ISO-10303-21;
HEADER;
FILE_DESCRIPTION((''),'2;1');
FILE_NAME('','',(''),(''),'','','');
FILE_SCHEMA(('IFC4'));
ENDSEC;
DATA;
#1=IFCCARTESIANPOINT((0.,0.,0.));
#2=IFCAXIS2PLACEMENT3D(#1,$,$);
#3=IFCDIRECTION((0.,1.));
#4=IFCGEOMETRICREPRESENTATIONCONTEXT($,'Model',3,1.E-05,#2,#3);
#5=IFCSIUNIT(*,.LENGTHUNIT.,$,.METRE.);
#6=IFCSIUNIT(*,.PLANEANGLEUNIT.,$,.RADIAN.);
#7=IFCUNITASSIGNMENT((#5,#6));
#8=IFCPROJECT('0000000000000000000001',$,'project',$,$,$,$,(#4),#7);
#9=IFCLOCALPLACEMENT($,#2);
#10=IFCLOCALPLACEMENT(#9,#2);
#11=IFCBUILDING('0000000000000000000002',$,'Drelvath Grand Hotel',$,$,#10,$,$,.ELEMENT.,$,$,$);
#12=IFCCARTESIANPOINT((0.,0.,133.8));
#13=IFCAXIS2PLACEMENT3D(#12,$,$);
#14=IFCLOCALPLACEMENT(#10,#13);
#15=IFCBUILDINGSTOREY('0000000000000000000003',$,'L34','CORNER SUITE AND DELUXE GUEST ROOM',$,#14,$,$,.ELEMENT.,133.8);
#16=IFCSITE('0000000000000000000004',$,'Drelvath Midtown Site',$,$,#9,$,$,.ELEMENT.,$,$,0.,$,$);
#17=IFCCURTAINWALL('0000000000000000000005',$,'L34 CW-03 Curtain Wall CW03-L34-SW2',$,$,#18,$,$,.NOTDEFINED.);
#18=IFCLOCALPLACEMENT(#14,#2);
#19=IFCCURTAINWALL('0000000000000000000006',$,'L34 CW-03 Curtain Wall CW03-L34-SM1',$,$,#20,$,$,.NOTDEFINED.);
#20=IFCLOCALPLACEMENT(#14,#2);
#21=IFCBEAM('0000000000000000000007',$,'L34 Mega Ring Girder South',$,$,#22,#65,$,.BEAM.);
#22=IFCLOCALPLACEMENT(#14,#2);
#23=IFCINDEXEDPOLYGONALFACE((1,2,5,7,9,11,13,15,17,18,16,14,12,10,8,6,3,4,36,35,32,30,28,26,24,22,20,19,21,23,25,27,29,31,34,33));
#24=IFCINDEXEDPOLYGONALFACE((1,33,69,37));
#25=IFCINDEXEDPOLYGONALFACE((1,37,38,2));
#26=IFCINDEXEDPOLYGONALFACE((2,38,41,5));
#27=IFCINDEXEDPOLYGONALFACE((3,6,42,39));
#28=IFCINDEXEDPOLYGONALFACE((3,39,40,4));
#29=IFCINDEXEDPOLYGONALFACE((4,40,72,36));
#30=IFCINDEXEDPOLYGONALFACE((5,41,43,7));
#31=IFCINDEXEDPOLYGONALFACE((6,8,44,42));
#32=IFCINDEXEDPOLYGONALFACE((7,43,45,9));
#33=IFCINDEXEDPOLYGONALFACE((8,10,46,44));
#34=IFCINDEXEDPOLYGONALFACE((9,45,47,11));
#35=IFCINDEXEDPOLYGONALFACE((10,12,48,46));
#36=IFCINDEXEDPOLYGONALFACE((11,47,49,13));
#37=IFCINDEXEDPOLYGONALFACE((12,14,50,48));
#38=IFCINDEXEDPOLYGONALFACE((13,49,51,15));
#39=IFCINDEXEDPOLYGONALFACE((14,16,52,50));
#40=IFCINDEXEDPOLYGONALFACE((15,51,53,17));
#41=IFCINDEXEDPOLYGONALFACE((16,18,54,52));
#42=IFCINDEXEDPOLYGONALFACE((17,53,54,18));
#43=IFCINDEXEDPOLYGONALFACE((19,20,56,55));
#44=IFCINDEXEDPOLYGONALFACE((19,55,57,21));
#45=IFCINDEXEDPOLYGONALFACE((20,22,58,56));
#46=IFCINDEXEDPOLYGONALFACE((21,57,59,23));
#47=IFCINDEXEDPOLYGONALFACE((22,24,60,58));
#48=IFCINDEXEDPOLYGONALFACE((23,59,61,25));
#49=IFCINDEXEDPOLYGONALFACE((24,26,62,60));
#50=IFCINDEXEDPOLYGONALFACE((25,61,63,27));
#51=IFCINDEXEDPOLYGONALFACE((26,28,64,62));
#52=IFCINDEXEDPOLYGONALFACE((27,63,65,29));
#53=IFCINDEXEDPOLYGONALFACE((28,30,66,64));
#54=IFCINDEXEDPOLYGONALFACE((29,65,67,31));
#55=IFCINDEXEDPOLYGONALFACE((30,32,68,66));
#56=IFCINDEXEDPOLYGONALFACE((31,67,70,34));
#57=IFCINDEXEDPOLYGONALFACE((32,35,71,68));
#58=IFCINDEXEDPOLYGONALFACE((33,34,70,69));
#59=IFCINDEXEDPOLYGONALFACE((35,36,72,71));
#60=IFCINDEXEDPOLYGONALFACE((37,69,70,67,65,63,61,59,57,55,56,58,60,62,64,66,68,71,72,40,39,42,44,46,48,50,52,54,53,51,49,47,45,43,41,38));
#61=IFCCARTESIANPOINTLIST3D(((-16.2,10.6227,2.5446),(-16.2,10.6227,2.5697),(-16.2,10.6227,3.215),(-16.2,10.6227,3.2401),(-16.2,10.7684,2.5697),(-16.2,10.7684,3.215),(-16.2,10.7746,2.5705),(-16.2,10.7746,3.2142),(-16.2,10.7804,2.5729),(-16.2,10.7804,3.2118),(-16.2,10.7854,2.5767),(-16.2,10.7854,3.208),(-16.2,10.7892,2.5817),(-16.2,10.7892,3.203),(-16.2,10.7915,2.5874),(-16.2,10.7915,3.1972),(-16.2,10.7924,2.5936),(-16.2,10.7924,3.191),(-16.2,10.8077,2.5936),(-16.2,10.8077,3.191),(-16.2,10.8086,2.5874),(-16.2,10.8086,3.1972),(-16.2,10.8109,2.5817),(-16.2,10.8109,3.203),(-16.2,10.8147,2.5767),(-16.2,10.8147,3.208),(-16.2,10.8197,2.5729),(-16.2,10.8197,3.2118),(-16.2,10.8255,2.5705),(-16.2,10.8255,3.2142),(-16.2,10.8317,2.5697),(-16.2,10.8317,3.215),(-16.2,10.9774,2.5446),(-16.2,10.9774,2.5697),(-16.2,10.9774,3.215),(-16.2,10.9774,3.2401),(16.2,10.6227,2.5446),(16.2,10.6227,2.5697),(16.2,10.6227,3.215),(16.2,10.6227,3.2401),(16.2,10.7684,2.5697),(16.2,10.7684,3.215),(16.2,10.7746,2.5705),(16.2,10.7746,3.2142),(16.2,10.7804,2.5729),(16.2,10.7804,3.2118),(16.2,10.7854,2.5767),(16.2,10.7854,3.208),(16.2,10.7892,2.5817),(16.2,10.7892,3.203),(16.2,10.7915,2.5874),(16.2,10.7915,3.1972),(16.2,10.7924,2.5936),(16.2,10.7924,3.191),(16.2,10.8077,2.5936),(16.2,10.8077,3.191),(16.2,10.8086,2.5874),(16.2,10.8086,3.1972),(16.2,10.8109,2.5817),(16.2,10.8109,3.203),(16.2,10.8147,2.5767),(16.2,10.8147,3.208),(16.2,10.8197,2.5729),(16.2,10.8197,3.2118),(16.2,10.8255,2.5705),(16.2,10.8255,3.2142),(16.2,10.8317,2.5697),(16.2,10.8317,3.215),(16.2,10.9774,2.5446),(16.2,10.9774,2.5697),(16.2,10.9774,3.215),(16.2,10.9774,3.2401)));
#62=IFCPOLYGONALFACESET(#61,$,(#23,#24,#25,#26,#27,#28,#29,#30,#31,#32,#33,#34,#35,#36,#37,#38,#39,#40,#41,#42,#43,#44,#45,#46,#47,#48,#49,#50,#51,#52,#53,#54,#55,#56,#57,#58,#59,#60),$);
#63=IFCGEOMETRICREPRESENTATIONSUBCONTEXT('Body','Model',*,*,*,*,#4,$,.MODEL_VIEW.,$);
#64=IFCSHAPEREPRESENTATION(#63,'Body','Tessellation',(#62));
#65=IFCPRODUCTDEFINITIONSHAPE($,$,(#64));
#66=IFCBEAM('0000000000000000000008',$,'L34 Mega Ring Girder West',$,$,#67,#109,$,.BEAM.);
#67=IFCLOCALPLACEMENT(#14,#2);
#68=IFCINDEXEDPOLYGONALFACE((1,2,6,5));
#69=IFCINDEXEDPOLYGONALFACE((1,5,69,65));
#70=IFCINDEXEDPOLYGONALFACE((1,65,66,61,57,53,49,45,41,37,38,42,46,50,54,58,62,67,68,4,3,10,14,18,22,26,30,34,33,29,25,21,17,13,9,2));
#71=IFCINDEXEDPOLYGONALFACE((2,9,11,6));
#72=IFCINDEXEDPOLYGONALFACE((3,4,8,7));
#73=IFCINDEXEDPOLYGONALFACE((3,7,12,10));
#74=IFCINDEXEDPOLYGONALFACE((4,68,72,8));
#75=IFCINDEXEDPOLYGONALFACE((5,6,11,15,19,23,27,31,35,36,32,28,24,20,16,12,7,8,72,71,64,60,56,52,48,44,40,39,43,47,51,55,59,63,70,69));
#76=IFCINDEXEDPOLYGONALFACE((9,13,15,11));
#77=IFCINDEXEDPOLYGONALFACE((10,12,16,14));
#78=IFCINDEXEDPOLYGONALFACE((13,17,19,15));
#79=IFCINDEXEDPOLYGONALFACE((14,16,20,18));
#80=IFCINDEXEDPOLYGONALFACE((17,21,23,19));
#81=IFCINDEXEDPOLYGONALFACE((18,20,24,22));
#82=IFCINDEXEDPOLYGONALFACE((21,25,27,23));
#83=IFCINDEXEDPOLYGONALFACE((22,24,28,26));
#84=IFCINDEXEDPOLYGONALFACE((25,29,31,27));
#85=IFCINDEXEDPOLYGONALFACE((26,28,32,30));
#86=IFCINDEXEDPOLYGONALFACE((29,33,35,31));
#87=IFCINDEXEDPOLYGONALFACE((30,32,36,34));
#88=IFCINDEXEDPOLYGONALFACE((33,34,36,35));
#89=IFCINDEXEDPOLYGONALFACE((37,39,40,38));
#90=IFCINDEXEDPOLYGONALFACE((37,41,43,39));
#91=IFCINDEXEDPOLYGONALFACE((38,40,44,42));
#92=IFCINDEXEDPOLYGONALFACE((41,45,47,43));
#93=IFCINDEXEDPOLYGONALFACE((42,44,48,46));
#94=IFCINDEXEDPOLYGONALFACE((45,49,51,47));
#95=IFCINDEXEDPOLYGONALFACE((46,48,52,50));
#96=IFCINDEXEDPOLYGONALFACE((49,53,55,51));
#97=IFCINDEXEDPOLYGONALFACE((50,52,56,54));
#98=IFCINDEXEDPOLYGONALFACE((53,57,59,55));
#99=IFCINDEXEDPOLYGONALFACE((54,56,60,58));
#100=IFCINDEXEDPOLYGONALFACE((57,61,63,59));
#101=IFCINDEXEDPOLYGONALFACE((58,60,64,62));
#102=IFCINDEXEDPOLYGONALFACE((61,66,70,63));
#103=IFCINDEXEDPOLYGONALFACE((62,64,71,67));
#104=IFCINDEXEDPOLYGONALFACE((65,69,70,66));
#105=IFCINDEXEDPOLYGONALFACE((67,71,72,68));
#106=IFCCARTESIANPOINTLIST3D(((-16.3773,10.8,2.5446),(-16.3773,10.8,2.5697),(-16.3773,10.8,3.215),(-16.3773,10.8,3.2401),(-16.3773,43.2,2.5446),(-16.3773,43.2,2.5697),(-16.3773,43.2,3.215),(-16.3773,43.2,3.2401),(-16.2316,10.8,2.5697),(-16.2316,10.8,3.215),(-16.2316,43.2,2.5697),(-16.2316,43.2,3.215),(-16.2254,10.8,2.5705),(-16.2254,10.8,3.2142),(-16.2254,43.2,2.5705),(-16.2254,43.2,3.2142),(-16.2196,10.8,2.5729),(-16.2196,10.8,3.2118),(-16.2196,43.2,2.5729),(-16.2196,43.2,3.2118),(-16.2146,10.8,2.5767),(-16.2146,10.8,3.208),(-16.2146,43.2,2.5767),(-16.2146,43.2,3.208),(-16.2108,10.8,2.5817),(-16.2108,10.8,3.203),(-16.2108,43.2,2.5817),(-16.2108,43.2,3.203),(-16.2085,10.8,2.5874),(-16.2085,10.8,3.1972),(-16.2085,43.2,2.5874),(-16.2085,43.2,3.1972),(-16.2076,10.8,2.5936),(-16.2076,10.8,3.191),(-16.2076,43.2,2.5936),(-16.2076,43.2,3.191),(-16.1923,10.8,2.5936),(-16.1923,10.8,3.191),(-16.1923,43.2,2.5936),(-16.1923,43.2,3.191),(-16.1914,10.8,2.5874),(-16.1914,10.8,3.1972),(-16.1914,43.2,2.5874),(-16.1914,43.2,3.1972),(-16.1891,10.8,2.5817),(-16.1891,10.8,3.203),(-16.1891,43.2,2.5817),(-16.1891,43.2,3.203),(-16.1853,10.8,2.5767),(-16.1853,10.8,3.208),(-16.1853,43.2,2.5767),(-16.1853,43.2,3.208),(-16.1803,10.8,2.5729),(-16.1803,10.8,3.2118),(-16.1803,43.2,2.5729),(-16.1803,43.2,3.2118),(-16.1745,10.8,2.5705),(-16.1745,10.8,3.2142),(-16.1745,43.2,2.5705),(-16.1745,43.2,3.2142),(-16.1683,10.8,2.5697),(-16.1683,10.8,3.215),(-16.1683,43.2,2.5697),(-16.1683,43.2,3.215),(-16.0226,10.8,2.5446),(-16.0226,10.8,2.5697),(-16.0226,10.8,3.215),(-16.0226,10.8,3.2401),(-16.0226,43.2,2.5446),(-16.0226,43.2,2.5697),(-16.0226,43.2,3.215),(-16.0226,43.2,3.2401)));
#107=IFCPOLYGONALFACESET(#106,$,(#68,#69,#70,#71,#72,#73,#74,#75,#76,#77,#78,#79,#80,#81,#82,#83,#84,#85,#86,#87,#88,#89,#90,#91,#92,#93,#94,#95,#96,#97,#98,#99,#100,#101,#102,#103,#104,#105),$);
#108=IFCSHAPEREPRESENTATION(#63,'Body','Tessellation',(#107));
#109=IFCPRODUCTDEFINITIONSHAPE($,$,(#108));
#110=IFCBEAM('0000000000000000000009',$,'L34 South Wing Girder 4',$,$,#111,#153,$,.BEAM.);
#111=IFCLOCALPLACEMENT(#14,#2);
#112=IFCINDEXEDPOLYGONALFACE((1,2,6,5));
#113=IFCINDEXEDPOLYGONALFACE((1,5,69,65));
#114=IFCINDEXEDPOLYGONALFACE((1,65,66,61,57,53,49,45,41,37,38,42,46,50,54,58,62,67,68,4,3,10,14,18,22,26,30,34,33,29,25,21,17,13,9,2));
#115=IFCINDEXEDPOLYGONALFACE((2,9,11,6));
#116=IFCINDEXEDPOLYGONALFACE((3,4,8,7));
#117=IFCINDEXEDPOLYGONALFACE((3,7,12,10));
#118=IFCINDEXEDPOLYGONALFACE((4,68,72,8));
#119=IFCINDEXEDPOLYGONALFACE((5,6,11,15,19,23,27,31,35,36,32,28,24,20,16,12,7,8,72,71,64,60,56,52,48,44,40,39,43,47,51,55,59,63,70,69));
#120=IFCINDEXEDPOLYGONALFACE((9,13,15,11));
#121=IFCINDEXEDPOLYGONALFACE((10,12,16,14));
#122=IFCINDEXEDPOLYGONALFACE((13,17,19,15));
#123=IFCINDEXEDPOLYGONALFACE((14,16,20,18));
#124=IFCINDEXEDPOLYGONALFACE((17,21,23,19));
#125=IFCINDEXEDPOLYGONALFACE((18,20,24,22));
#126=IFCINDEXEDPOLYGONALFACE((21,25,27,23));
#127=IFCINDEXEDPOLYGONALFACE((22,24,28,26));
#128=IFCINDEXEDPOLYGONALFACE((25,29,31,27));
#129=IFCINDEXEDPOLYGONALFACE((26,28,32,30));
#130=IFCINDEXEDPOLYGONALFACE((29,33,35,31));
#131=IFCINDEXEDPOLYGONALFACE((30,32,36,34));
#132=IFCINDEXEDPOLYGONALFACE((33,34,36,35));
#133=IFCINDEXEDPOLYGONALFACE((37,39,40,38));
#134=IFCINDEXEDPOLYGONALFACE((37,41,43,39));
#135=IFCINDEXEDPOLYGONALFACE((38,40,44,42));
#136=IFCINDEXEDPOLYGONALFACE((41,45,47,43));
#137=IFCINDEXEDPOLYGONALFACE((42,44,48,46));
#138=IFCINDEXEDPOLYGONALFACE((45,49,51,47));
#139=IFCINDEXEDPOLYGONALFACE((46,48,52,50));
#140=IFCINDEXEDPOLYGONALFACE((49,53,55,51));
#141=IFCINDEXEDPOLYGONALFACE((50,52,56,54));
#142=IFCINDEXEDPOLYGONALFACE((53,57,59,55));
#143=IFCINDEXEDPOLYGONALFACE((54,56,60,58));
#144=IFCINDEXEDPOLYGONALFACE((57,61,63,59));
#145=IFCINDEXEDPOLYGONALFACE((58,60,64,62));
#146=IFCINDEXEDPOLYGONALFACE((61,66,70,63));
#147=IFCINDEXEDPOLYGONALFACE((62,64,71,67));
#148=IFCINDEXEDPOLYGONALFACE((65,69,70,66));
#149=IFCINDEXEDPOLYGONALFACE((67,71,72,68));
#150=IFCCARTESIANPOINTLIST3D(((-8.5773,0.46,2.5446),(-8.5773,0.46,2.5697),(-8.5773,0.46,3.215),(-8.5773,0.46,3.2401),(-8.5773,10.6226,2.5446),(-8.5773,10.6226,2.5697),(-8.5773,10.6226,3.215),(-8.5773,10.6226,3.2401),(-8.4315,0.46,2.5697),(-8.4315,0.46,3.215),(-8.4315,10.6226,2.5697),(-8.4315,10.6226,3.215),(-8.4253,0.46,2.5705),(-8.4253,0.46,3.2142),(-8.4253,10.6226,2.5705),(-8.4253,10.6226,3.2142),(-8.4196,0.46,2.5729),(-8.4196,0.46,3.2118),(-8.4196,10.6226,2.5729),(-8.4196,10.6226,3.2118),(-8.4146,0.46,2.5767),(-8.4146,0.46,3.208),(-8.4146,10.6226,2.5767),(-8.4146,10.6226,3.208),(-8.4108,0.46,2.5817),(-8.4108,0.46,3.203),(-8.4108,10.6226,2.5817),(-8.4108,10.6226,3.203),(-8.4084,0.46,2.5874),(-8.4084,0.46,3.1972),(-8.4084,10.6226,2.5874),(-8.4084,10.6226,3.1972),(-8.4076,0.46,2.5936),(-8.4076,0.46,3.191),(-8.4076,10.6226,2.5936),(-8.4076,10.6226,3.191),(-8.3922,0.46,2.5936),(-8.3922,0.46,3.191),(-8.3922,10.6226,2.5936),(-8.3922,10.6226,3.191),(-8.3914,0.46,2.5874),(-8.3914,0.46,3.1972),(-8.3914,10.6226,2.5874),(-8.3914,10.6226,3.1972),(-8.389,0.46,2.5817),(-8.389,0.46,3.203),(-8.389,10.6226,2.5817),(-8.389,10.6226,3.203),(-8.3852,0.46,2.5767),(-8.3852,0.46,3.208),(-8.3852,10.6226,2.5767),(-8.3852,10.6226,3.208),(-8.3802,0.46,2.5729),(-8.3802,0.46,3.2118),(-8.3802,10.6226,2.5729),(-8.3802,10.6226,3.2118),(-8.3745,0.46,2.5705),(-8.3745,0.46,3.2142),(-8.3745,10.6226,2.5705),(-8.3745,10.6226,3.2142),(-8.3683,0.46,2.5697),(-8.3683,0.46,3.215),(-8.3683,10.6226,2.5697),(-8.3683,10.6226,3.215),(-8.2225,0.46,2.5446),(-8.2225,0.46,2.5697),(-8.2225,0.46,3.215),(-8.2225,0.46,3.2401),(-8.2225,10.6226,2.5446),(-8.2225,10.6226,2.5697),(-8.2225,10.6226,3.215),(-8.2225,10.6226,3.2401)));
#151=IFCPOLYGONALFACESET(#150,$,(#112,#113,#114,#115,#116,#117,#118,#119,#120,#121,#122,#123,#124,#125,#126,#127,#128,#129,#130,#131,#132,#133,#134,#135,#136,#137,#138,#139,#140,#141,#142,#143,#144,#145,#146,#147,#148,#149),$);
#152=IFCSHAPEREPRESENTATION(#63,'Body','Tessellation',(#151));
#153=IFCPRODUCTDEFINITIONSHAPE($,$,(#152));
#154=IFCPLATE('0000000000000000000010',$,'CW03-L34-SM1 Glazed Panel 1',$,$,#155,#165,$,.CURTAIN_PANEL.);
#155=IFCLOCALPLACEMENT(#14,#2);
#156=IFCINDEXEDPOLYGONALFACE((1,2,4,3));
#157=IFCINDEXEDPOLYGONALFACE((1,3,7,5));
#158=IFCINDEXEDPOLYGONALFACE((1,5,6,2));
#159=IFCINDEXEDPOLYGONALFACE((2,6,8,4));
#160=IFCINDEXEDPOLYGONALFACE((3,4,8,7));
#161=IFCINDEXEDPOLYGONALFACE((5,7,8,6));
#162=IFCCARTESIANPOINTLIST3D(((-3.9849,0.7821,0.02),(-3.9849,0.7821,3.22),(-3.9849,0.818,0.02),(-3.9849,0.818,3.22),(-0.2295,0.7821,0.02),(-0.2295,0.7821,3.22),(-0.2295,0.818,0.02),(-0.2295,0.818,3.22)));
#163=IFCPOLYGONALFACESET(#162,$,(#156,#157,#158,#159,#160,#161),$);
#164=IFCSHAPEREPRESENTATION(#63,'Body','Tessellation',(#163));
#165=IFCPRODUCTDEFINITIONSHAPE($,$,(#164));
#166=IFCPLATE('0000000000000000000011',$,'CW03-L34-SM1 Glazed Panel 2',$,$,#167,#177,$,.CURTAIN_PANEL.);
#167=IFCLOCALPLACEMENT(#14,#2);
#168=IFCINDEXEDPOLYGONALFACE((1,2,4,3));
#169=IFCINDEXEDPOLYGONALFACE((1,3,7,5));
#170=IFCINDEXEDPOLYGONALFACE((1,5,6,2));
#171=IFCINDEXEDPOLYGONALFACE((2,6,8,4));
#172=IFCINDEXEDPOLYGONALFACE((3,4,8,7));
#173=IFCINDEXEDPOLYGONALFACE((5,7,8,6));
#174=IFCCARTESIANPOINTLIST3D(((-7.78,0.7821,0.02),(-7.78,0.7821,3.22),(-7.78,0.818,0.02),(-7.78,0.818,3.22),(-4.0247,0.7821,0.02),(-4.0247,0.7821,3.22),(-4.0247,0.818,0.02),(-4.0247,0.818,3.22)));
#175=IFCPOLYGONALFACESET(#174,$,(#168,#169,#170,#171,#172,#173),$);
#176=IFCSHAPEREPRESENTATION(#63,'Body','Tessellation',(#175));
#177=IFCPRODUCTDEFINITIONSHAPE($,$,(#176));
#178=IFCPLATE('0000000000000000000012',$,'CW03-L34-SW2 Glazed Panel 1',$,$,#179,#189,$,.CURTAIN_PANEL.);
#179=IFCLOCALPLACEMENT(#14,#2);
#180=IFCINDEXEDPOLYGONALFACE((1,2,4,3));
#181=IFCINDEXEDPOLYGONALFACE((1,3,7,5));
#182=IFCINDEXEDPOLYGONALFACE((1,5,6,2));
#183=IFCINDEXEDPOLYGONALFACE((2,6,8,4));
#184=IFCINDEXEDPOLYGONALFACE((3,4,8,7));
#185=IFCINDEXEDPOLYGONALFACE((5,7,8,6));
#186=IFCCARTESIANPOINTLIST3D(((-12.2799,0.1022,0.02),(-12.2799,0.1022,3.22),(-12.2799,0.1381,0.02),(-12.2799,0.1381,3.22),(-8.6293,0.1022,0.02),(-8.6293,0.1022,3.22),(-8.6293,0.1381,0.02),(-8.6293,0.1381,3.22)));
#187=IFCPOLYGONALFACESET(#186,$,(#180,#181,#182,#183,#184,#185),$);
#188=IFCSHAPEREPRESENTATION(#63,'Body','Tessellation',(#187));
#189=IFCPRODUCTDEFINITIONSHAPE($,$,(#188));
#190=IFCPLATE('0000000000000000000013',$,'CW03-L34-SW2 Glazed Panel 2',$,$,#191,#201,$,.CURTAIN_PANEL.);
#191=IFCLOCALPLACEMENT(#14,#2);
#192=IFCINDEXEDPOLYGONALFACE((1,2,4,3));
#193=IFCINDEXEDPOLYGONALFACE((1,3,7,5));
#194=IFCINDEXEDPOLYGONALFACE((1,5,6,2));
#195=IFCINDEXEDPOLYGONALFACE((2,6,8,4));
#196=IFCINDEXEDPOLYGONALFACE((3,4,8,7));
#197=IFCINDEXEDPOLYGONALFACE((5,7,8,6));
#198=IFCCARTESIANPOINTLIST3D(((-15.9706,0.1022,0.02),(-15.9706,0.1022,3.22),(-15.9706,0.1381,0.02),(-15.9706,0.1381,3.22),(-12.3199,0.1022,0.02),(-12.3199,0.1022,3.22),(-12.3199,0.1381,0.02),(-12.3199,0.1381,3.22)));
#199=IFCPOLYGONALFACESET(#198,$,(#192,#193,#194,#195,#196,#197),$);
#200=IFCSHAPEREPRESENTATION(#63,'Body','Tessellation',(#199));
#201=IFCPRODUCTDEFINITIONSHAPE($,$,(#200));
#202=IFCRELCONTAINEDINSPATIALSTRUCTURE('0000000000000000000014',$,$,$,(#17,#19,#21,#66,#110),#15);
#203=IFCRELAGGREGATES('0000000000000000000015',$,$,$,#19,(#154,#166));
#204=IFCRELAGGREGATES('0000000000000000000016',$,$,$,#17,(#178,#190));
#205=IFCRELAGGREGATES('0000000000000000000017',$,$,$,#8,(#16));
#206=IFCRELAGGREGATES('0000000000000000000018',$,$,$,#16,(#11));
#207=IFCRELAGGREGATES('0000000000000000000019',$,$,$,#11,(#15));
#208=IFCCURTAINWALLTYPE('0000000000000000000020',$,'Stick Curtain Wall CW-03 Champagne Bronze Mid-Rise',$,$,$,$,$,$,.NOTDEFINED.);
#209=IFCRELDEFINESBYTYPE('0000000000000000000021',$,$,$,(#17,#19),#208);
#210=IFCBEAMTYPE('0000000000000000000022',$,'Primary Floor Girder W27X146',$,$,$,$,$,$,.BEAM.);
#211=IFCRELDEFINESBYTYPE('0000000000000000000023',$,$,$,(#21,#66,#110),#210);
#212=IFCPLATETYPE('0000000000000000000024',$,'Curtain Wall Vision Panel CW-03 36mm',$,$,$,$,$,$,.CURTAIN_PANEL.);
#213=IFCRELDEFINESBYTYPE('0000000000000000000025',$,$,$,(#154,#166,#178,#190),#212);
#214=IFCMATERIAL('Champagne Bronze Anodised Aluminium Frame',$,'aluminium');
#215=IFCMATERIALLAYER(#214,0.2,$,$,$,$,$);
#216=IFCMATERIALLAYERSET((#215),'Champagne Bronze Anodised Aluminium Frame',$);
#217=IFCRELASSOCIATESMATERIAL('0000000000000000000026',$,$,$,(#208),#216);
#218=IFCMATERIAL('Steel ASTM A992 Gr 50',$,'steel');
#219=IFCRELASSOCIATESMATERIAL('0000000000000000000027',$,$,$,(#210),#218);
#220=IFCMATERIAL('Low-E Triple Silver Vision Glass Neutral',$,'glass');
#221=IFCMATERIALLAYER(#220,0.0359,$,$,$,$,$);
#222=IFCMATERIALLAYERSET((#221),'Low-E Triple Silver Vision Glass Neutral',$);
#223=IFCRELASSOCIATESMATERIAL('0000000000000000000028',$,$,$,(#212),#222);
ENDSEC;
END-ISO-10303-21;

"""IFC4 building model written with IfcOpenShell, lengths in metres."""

from ifc_helpers import new_model, si_unit, direction, frame, origin, origin_2d, place, context, subcontext, project, spatial, rectangle, i_section, extrude, material, layer, layer_set, material_profile, profile_set, type_object, element, aggregate, save


model = new_model("IFC4")

# Units and contexts
model_context = context("Model", 3, precision=1e-05, world=origin(), true_north=direction((0.0, 1.0)))
body_context = subcontext(model_context, "Body", "Model", "MODEL_VIEW")
ifc_project = project(units=[si_unit("LENGTHUNIT", "METRE"), si_unit("PLANEANGLEUNIT", "RADIAN")], contexts=[model_context])

# Site, building, storey
site_placement = place(None, origin())
site = spatial("IfcSite", under=ifc_project, at=site_placement, Name="Drelvath Midtown Site", CompositionType="ELEMENT", RefElevation=0.0)
building_placement = place(site_placement, origin())
building = spatial("IfcBuilding", under=site, at=building_placement, Name="Drelvath Grand Hotel", CompositionType="ELEMENT")
storey_placement = place(building_placement, frame((0.0, 0.0, 133.8)))
storey = spatial("IfcBuildingStorey", under=building, at=storey_placement, Name="L34", Description="CORNER SUITE AND DELUXE GUEST ROOM", CompositionType="ELEMENT", Elevation=133.8)

# Shared definitions
ifc_material_1 = material(Name="Steel ASTM A992 Gr 50", Category="steel")

# Curtain wall
ifc_material_2 = material(Name="Champagne Bronze Anodised Aluminium Frame", Category="aluminium")
ifc_layer_1 = layer(ifc_material_2, 0.2)
ifc_layer_set_1 = layer_set([ifc_layer_1], Name="Champagne Bronze Anodised Aluminium Frame")
curtain_wall_type = type_object("IfcCurtainWallType", Name="Stick Curtain Wall CW-03 Champagne Bronze Mid-Rise", PredefinedType="NOTDEFINED", material=ifc_layer_set_1)
curtain_wall_1_placement = place(storey_placement, origin())
curtain_wall_1 = element("IfcCurtainWall", 1, at=curtain_wall_1_placement, inside=storey, type_object=curtain_wall_type, Name="L34 CW-03 Curtain Wall CW03-L34-SW2", PredefinedType="NOTDEFINED")

# Curtain wall
curtain_wall_2_placement = place(storey_placement, origin())
curtain_wall_2 = element("IfcCurtainWall", 2, at=curtain_wall_2_placement, inside=storey, type_object=curtain_wall_type, Name="L34 CW-03 Curtain Wall CW03-L34-SM1", PredefinedType="NOTDEFINED")

# Beams
ifc_material_profile_1 = material_profile(ifc_material_1, i_section(OverallWidth=0.3547, OverallDepth=0.6956, WebThickness=0.0154, FlangeThickness=0.0251, FilletRadius=0.0239, at=origin_2d()), Name="W27X146")
ifc_profile_set_1 = profile_set([ifc_material_profile_1], Name="Steel ASTM A992 Gr 50")
beam_type_1 = type_object("IfcBeamType", Name="Primary Floor Girder W27X146", PredefinedType="BEAM", material=ifc_profile_set_1)
for number, where, z_axis, x_axis, name in (
    (3, (-16.2, 10.8, 2.8923), (1.0, 0.0, 0.0), (0.0, 1.0, 0.0), "L34 Mega Ring Girder South"),
    (4, (-16.2, 10.8, 2.8923), (0.0, 1.0, 0.0), (-1.0, 0.0, 0.0), "L34 Mega Ring Girder West"),
):
    element("IfcBeam", number, at=place(storey_placement, frame(where, z_axis=z_axis, x_axis=x_axis)), inside=storey, type_object=beam_type_1, Name=name, PredefinedType="BEAM", context=body_context, shape_type="SweptSolid", body=[
        extrude(i_section(OverallWidth=0.3547, OverallDepth=0.6956, WebThickness=0.0154, FlangeThickness=0.0251, FilletRadius=0.0239, at=origin_2d()), origin(), (0.0, 0.0, 1.0), 32.3999),
    ])
beam_1_placement = place(storey_placement, frame((-8.3999, 0.46, 2.8923), z_axis=(0.0, 1.0, 0.0), x_axis=(-1.0, 0.0, 0.0)))
element("IfcBeam", 5, at=beam_1_placement, inside=storey, type_object=beam_type_1, Name="L34 South Wing Girder 4", PredefinedType="BEAM", context=body_context, shape_type="SweptSolid", body=[
    extrude(i_section(OverallWidth=0.3547, OverallDepth=0.6956, WebThickness=0.0154, FlangeThickness=0.0251, FilletRadius=0.0239, at=origin_2d()), origin(), (0.0, 0.0, 1.0), 10.1626),
])

# Plates
ifc_material_3 = material(Name="Low-E Triple Silver Vision Glass Neutral", Category="glass")
ifc_layer_2 = layer(ifc_material_3, 0.0359)
ifc_layer_set_2 = layer_set([ifc_layer_2], Name="Low-E Triple Silver Vision Glass Neutral")
plate_type = type_object("IfcPlateType", Name="Curtain Wall Vision Panel CW-03 36mm", PredefinedType="CURTAIN_PANEL", material=ifc_layer_set_2)
plate_1_placement = place(storey_placement, frame((-2.1072, 0.8, 0.02), z_axis=(0.0, 0.0, 1.0), x_axis=(-1.0, 0.0, 0.0)))
plate_1 = element("IfcPlate", 6, at=plate_1_placement, type_object=plate_type, Name="CW03-L34-SM1 Glazed Panel 1", PredefinedType="CURTAIN_PANEL", context=body_context, shape_type="SweptSolid", body=[
    extrude(rectangle(XDim=3.7554, YDim=0.0359, at=origin_2d()), origin(), (0.0, 0.0, 1.0), 3.2),
])
plate_2_placement = place(storey_placement, frame((-5.9023, 0.8, 0.02), z_axis=(0.0, 0.0, 1.0), x_axis=(-1.0, 0.0, 0.0)))
plate_2 = element("IfcPlate", 7, at=plate_2_placement, type_object=plate_type, Name="CW03-L34-SM1 Glazed Panel 2", PredefinedType="CURTAIN_PANEL", context=body_context, shape_type="SweptSolid", body=[
    extrude(rectangle(XDim=3.7554, YDim=0.0359, at=origin_2d()), origin(), (0.0, 0.0, 1.0), 3.2),
])
aggregate(curtain_wall_2, [plate_1, plate_2])
plate_3_placement = place(storey_placement, frame((-10.4546, 0.1201, 0.02), z_axis=(0.0, 0.0, 1.0), x_axis=(-1.0, 0.0, 0.0)))
plate_3 = element("IfcPlate", 8, at=plate_3_placement, type_object=plate_type, Name="CW03-L34-SW2 Glazed Panel 1", PredefinedType="CURTAIN_PANEL", context=body_context, shape_type="SweptSolid", body=[
    extrude(rectangle(XDim=3.6506, YDim=0.0359, at=origin_2d()), origin(), (0.0, 0.0, 1.0), 3.2),
])
plate_4_placement = place(storey_placement, frame((-14.1453, 0.1201, 0.02), z_axis=(0.0, 0.0, 1.0), x_axis=(-1.0, 0.0, 0.0)))
plate_4 = element("IfcPlate", 9, at=plate_4_placement, type_object=plate_type, Name="CW03-L34-SW2 Glazed Panel 2", PredefinedType="CURTAIN_PANEL", context=body_context, shape_type="SweptSolid", body=[
    extrude(rectangle(XDim=3.6506, YDim=0.0359, at=origin_2d()), origin(), (0.0, 0.0, 1.0), 3.2),
])
aggregate(curtain_wall_1, [plate_3, plate_4])

save(model, "model.ifc")
